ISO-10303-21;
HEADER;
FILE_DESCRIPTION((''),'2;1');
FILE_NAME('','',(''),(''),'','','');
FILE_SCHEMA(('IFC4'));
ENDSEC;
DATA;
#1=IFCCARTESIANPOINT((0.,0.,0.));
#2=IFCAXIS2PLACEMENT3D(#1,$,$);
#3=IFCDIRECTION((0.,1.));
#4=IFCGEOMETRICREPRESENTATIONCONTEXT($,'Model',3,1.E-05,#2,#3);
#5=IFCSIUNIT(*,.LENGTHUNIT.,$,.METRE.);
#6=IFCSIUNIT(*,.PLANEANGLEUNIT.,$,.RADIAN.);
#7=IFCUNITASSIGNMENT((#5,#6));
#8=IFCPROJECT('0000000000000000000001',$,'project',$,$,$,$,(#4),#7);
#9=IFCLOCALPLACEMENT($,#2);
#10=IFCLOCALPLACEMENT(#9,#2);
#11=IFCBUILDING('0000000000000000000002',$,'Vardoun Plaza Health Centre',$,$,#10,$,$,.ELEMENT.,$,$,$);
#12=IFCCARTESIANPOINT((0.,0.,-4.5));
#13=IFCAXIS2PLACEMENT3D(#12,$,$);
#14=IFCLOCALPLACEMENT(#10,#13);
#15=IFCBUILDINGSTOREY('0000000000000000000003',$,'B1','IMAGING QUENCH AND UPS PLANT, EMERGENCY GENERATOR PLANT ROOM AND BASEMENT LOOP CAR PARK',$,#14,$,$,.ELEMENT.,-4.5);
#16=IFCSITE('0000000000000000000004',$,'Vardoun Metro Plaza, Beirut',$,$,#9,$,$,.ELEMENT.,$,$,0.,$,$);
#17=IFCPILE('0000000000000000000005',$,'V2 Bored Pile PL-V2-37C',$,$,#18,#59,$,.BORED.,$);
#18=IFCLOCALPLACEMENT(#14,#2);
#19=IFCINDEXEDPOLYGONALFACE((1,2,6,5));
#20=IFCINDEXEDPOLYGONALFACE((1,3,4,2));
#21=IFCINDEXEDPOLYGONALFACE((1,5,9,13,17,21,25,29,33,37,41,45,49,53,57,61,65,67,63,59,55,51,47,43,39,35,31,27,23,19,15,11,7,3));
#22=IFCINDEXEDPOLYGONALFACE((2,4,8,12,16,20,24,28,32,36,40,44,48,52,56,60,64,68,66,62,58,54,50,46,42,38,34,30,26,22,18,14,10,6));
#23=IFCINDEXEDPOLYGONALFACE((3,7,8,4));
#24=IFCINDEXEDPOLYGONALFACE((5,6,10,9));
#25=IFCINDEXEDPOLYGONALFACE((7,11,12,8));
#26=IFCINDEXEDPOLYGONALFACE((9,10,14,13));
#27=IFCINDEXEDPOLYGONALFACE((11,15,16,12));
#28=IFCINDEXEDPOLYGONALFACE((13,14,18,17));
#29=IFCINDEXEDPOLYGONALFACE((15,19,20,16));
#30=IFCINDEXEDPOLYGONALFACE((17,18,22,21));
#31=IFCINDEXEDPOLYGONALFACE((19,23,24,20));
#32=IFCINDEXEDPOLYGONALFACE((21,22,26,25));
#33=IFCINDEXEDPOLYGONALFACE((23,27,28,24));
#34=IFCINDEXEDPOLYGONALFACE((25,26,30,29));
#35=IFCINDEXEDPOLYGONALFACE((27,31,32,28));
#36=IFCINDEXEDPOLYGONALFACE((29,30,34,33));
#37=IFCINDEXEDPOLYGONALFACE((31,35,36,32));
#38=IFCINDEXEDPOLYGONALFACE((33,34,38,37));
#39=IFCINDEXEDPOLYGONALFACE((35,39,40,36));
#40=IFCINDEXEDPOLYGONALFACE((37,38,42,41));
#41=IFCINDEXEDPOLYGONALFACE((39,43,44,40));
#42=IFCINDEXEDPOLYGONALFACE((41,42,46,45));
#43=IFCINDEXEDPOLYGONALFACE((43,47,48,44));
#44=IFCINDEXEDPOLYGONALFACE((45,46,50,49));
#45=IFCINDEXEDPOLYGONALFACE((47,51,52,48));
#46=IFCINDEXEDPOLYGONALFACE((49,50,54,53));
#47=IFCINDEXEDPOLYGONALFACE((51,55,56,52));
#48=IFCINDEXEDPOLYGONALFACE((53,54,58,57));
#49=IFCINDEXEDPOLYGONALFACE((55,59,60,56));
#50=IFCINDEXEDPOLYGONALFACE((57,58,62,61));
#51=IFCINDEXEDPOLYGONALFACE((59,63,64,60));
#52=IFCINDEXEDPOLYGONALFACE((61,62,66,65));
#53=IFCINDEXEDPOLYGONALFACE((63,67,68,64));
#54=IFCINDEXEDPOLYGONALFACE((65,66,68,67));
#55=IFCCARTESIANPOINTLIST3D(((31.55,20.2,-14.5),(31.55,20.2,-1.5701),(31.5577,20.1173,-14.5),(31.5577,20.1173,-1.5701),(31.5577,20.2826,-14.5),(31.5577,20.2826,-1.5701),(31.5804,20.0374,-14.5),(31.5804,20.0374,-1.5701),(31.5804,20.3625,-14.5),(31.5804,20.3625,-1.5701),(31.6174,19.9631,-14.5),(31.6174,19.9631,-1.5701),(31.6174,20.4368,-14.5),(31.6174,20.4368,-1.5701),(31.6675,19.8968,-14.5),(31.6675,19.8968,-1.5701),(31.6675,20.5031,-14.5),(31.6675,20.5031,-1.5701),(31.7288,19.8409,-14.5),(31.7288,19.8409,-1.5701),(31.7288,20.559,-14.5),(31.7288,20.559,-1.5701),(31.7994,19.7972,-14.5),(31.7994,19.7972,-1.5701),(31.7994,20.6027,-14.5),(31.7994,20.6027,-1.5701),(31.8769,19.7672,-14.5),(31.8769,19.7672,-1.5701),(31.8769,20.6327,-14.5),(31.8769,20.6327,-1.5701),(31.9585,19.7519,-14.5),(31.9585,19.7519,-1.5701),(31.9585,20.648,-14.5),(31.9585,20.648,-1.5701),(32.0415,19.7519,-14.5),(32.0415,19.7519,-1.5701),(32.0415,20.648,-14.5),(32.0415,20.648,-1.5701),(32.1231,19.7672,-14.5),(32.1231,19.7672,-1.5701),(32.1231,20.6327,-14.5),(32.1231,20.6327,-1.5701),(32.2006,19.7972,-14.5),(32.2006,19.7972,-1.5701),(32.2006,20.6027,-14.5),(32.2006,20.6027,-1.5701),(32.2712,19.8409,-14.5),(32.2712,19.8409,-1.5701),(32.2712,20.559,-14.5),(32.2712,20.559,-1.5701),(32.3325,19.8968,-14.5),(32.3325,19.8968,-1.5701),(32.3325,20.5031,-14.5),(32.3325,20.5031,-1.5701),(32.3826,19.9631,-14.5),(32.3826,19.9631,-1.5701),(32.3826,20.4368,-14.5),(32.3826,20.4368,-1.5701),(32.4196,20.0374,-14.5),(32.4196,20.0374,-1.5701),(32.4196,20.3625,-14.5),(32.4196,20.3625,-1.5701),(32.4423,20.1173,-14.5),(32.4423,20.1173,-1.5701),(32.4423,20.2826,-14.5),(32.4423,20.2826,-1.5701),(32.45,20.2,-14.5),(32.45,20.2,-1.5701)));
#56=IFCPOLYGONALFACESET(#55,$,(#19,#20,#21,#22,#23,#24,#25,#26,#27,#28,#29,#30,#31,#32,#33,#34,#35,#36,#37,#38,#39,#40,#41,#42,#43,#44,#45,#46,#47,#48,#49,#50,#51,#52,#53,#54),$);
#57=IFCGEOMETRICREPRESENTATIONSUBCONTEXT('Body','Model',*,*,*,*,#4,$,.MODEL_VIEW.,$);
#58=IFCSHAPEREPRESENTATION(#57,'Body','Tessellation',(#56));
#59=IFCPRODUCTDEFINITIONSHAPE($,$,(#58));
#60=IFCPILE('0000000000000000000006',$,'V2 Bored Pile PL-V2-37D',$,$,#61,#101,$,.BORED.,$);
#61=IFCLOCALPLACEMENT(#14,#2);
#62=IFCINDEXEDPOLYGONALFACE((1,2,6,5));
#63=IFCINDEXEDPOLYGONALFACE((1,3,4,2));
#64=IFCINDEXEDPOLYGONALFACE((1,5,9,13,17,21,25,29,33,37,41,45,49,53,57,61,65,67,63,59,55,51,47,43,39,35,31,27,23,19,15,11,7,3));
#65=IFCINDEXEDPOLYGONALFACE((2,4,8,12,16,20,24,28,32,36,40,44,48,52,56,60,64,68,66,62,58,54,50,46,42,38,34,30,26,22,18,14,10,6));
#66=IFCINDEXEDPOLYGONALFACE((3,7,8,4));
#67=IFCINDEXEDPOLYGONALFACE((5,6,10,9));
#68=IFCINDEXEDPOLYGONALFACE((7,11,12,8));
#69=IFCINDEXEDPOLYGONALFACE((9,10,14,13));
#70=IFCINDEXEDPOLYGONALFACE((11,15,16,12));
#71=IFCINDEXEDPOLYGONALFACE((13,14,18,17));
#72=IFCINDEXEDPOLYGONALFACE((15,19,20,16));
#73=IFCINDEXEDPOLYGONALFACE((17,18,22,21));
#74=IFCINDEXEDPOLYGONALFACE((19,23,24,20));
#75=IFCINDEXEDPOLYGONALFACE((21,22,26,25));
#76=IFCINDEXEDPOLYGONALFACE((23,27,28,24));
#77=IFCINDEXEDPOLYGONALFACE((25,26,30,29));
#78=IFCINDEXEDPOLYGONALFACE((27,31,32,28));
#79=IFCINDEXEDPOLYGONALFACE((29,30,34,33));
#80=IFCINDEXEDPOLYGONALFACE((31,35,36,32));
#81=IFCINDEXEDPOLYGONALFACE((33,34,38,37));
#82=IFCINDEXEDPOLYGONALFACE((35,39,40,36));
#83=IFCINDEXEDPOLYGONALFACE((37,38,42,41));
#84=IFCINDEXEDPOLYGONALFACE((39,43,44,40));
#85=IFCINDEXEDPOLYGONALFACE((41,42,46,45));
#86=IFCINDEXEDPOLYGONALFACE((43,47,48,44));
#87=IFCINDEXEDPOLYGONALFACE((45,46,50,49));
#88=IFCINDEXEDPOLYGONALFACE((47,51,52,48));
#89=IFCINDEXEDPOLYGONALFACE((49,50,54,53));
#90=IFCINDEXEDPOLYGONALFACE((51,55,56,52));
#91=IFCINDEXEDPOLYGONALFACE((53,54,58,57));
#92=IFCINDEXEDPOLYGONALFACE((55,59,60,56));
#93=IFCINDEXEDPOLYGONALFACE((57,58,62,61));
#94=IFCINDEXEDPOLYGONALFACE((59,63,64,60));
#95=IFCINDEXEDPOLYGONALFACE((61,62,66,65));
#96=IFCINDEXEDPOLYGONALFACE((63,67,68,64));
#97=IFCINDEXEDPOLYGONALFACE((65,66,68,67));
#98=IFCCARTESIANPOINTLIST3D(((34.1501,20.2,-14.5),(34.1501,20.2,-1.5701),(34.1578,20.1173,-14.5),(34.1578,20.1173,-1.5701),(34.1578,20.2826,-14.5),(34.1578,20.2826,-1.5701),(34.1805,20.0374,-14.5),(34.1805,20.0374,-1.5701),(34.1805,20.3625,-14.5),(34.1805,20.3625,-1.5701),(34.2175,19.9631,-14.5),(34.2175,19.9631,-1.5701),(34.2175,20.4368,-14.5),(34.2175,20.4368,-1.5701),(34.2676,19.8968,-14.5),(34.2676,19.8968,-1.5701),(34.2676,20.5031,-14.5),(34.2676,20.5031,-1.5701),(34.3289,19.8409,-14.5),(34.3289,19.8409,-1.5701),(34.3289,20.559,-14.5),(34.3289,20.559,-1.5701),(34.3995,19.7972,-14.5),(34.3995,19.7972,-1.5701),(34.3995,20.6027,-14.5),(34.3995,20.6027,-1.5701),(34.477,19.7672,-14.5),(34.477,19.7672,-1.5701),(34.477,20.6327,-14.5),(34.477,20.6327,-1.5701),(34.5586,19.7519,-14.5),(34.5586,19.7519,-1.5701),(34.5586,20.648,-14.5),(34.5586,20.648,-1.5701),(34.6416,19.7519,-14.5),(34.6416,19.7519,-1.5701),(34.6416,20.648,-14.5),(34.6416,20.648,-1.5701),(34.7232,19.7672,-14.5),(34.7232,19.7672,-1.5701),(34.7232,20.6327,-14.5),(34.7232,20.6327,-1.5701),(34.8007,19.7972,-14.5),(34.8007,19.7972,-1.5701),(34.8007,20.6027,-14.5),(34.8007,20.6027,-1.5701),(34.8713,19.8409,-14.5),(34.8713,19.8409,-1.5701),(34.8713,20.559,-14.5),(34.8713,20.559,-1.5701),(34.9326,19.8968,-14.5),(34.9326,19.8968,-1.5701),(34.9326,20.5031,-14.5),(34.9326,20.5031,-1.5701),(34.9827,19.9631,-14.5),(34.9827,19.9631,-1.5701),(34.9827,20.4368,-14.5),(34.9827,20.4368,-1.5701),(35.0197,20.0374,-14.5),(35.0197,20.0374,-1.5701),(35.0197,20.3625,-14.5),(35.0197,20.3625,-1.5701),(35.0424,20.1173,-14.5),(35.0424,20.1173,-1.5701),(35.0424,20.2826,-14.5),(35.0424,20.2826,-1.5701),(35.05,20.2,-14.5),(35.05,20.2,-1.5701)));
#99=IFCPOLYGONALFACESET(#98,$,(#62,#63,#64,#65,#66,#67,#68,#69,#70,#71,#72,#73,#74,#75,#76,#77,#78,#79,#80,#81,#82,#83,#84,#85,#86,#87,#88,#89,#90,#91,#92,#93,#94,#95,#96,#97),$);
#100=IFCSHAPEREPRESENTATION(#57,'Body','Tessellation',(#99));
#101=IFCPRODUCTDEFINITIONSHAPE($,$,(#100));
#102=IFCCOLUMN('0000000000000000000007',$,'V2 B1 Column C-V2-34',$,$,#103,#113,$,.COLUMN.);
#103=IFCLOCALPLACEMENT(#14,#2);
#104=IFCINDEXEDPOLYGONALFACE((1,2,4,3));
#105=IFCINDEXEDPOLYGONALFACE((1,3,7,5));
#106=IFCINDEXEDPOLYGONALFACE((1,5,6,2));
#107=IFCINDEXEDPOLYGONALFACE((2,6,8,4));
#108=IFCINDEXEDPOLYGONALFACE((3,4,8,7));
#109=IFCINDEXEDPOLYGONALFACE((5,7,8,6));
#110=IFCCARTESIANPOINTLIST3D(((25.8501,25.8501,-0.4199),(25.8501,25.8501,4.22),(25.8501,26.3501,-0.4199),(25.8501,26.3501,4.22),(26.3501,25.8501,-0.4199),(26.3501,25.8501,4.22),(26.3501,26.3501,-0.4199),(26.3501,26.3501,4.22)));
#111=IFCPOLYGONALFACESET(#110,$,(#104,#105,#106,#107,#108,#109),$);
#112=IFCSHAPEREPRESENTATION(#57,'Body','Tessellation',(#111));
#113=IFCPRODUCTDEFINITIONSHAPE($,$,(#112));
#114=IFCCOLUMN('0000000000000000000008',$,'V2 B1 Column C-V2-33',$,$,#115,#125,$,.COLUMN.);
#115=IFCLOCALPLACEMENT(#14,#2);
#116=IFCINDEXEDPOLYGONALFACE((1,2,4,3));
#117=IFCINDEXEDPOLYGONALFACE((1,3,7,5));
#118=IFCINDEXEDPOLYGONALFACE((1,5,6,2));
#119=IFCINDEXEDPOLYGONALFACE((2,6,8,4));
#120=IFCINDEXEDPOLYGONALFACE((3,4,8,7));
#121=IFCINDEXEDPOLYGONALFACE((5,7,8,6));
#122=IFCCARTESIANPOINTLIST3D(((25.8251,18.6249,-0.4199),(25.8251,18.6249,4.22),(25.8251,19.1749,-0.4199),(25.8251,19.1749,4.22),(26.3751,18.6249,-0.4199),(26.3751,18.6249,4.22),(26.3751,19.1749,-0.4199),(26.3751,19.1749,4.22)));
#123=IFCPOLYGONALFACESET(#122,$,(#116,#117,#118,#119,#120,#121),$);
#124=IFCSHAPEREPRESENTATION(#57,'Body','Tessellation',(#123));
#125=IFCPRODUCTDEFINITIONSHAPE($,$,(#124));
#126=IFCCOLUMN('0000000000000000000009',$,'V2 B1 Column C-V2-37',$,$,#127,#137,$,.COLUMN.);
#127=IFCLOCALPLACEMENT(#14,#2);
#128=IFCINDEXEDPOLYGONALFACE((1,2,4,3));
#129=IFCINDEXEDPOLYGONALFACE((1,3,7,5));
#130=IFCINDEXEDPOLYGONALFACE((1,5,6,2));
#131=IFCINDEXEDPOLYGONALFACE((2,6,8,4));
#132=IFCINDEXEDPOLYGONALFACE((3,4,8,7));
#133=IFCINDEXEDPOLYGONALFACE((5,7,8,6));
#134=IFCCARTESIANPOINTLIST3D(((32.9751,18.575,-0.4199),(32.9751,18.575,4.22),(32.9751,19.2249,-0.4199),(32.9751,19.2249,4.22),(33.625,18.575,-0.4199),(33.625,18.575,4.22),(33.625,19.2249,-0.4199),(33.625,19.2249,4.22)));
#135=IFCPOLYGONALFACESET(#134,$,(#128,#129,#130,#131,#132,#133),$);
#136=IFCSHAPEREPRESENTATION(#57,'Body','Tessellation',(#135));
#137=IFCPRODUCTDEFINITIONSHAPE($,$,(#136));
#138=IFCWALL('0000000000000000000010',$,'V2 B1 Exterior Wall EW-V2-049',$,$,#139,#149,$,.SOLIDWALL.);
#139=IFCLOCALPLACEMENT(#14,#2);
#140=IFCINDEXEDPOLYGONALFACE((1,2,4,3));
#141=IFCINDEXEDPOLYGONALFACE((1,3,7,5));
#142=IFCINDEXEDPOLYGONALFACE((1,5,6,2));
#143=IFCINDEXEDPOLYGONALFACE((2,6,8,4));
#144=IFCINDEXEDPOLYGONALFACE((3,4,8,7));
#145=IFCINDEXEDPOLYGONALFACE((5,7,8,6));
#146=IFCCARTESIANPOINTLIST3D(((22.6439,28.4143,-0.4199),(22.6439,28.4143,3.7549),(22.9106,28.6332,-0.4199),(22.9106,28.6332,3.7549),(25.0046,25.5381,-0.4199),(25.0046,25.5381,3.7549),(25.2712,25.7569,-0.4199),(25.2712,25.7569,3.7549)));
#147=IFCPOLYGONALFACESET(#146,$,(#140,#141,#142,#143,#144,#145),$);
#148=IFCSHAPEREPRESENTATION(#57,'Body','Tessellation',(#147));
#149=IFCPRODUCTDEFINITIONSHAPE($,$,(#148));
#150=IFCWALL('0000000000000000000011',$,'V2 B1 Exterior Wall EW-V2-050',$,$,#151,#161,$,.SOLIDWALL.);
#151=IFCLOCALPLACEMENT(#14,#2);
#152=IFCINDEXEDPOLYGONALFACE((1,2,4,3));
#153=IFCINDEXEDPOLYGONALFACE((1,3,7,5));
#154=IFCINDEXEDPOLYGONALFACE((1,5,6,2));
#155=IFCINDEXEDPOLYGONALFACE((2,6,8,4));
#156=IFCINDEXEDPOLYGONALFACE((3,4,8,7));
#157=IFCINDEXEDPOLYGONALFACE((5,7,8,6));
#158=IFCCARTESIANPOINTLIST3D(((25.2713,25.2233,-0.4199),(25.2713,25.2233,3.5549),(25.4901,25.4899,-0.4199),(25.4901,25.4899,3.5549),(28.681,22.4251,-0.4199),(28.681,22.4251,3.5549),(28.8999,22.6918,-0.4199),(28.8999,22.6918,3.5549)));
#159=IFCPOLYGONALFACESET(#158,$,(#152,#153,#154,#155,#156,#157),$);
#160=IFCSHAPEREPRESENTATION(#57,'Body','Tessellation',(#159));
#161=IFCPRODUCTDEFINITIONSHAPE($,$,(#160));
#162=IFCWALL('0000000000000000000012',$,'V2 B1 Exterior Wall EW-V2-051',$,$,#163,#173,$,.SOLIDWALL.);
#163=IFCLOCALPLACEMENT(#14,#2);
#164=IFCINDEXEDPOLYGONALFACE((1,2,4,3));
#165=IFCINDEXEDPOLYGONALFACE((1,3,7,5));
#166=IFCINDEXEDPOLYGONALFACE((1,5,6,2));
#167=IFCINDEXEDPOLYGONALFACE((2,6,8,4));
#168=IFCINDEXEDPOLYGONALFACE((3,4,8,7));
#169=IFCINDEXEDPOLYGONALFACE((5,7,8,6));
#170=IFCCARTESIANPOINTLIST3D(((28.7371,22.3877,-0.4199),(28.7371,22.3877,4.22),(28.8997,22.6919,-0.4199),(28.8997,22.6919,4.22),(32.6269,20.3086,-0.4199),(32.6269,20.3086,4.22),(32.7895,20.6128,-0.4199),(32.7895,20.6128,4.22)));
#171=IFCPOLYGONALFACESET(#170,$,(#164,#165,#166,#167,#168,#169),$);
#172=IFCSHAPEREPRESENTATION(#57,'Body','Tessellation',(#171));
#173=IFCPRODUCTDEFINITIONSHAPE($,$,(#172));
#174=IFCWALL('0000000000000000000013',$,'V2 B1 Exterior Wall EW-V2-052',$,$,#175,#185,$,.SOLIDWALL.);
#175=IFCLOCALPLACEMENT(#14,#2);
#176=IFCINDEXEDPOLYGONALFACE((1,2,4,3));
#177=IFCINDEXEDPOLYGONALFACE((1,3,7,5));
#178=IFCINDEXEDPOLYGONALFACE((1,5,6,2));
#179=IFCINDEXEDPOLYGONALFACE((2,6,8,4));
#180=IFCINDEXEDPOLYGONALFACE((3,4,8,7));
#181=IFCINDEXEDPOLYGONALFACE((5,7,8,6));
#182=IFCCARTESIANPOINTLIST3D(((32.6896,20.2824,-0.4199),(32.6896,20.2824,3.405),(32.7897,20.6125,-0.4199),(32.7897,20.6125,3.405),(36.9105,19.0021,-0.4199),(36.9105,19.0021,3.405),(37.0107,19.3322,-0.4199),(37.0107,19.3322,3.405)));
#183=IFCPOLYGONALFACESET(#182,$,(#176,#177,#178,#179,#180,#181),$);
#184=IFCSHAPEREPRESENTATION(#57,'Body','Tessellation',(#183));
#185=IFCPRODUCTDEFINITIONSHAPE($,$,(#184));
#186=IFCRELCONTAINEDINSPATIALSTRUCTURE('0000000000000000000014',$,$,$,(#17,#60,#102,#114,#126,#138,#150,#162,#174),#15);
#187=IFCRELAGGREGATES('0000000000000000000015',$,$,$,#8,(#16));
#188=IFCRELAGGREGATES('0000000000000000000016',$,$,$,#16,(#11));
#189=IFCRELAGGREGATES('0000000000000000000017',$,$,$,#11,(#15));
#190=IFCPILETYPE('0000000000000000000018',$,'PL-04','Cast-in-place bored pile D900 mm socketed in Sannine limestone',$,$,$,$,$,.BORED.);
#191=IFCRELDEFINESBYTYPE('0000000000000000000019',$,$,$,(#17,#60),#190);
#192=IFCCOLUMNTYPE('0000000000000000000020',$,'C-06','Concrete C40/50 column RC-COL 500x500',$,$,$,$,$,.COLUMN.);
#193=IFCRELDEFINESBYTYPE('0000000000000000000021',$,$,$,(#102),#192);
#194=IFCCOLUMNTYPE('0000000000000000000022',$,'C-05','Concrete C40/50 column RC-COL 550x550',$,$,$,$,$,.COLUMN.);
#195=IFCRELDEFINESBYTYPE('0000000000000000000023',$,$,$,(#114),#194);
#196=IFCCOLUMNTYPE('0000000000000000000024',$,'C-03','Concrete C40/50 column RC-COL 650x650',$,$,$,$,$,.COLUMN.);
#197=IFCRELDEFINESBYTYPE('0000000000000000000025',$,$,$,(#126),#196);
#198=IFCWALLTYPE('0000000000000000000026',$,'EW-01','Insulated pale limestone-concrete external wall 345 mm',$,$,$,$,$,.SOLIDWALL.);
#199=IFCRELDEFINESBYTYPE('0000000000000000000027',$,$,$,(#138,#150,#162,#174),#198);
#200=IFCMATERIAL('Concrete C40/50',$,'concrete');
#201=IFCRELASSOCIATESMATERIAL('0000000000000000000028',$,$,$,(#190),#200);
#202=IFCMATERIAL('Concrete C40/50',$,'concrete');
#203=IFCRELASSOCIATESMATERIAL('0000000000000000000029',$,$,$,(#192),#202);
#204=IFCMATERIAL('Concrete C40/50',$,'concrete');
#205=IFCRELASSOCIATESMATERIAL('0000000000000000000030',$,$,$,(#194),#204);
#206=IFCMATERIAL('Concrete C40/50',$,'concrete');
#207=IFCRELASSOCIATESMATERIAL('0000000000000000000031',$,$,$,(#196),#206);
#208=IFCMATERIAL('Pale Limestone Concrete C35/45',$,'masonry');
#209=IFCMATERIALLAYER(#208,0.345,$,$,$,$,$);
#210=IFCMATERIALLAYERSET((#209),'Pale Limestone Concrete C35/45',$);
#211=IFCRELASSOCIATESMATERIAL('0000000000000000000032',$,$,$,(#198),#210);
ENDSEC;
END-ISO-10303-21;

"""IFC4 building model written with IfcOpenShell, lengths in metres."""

from ifc_helpers import new_model, si_unit, direction, frame, frame_2d, origin, origin_2d, place, context, subcontext, project, spatial, rectangle, circle, extrude, material, layer, layer_set, material_profile, profile_set, type_object, element, save


model = new_model("IFC4")

# Units and contexts
model_context = context("Model", 3, precision=1e-05, world=origin(), true_north=direction((0.0, 1.0)))
body_context = subcontext(model_context, "Body", "Model", "MODEL_VIEW")
ifc_project = project(units=[si_unit("LENGTHUNIT", "METRE"), si_unit("PLANEANGLEUNIT", "RADIAN")], contexts=[model_context])

# Site, building, storey
site_placement = place(None, origin())
site = spatial("IfcSite", under=ifc_project, at=site_placement, Name="Vardoun Metro Plaza, Beirut", CompositionType="ELEMENT", RefElevation=0.0)
building_placement = place(site_placement, origin())
building = spatial("IfcBuilding", under=site, at=building_placement, Name="Vardoun Plaza Health Centre", CompositionType="ELEMENT")
storey_placement = place(building_placement, frame((0.0, 0.0, -4.5)))
storey = spatial("IfcBuildingStorey", under=building, at=storey_placement, Name="B1", Description="IMAGING QUENCH AND UPS PLANT, EMERGENCY GENERATOR PLANT ROOM AND BASEMENT LOOP CAR PARK", CompositionType="ELEMENT", Elevation=-4.5)

# Piles
ifc_material_1 = material(Name="Concrete C40/50", Category="concrete")
ifc_material_profile_1 = material_profile(ifc_material_1, circle(Radius=0.45, at=origin_2d()), Name="PILE D900")
ifc_profile_set_1 = profile_set([ifc_material_profile_1], Name="Concrete C40/50")
pile_type_1 = type_object("IfcPileType", Name="PL-04", Description="Cast-in-place bored pile D900 mm socketed in Sannine limestone", PredefinedType="BORED", material=ifc_profile_set_1)
for number, where, z_axis, x_axis, name in (
    (1, (32.0, 20.2, -1.5701), (0.0, 0.0, -1.0), (1.0, 0.0, 0.0), "V2 Bored Pile PL-V2-37C"),
    (2, (34.6001, 20.2, -1.5701), (0.0, 0.0, -1.0), (1.0, 0.0, 0.0), "V2 Bored Pile PL-V2-37D"),
):
    element("IfcPile", number, at=place(storey_placement, frame(where, z_axis=z_axis, x_axis=x_axis)), inside=storey, type_object=pile_type_1, Name=name, PredefinedType="BORED", context=body_context, shape_type="SweptSolid", body=[
        extrude(circle(Radius=0.45, at=origin_2d()), origin(), (0.0, 0.0, 1.0), 12.9299),
    ])

# Columns
ifc_material_2 = material(Name="Concrete C40/50", Category="concrete")
ifc_material_profile_2 = material_profile(ifc_material_2, rectangle(XDim=0.5, YDim=0.5, at=origin_2d()), Name="RC-COL 500x500")
ifc_profile_set_2 = profile_set([ifc_material_profile_2], Name="Concrete C40/50")
column_type_1 = type_object("IfcColumnType", Name="C-06", Description="Concrete C40/50 column RC-COL 500x500", PredefinedType="COLUMN", material=ifc_profile_set_2)
column_1_placement = place(storey_placement, frame((26.1001, 26.1001, -0.4199), z_axis=(0.0, 0.0, 1.0), x_axis=(1.0, 0.0, 0.0)))
element("IfcColumn", 3, at=column_1_placement, inside=storey, type_object=column_type_1, Name="V2 B1 Column C-V2-34", PredefinedType="COLUMN", context=body_context, shape_type="SweptSolid", body=[
    extrude(rectangle(XDim=0.5, YDim=0.5, at=origin_2d()), origin(), (0.0, 0.0, 1.0), 4.6399),
])
ifc_material_3 = material(Name="Concrete C40/50", Category="concrete")
ifc_material_profile_3 = material_profile(ifc_material_3, rectangle(XDim=0.55, YDim=0.55, at=origin_2d()), Name="RC-COL 550x550")
ifc_profile_set_3 = profile_set([ifc_material_profile_3], Name="Concrete C40/50")
column_type_2 = type_object("IfcColumnType", Name="C-05", Description="Concrete C40/50 column RC-COL 550x550", PredefinedType="COLUMN", material=ifc_profile_set_3)
column_2_placement = place(storey_placement, frame((26.1001, 18.8999, -0.4199), z_axis=(0.0, 0.0, 1.0), x_axis=(1.0, 0.0, 0.0)))
element("IfcColumn", 4, at=column_2_placement, inside=storey, type_object=column_type_2, Name="V2 B1 Column C-V2-33", PredefinedType="COLUMN", context=body_context, shape_type="SweptSolid", body=[
    extrude(rectangle(XDim=0.55, YDim=0.55, at=origin_2d()), origin(), (0.0, 0.0, 1.0), 4.6399),
])
ifc_material_4 = material(Name="Concrete C40/50", Category="concrete")
ifc_material_profile_4 = material_profile(ifc_material_4, rectangle(XDim=0.6499, YDim=0.6499, at=origin_2d()), Name="RC-COL 650x650")
ifc_profile_set_4 = profile_set([ifc_material_profile_4], Name="Concrete C40/50")
column_type_3 = type_object("IfcColumnType", Name="C-03", Description="Concrete C40/50 column RC-COL 650x650", PredefinedType="COLUMN", material=ifc_profile_set_4)
column_3_placement = place(storey_placement, frame((33.3, 18.8999, -0.4199), z_axis=(0.0, 0.0, 1.0), x_axis=(1.0, 0.0, 0.0)))
element("IfcColumn", 5, at=column_3_placement, inside=storey, type_object=column_type_3, Name="V2 B1 Column C-V2-37", PredefinedType="COLUMN", context=body_context, shape_type="SweptSolid", body=[
    extrude(rectangle(XDim=0.6499, YDim=0.6499, at=origin_2d()), origin(), (0.0, 0.0, 1.0), 4.6399),
])

# Walls
ifc_material_5 = material(Name="Pale Limestone Concrete C35/45", Category="masonry")
ifc_layer_1 = layer(ifc_material_5, 0.345)
ifc_layer_set_1 = layer_set([ifc_layer_1], Name="Pale Limestone Concrete C35/45")
wall_type_1 = type_object("IfcWallType", Name="EW-01", Description="Insulated pale limestone-concrete external wall 345 mm", PredefinedType="SOLIDWALL", material=ifc_layer_set_1)
wall_1_placement = place(storey_placement, frame((22.7773, 28.5237, -0.4199), z_axis=(0.0, 0.0, 1.0), x_axis=(0.634416, -0.772992, 0.0)))
element("IfcWall", 6, at=wall_1_placement, inside=storey, type_object=wall_type_1, Name="V2 B1 Exterior Wall EW-V2-049", PredefinedType="SOLIDWALL", context=body_context, shape_type="SweptSolid", body=[
    extrude(rectangle(XDim=3.7209, YDim=0.345, at=frame_2d((1.8604, 0.0))), origin(), (0.0, 0.0, 1.0), 4.1748),
])
wall_2_placement = place(storey_placement, frame((25.3806, 25.3567, -0.4199), z_axis=(0.0, 0.0, 1.0), x_axis=(0.773027, -0.634373, 0.0)))
element("IfcWall", 7, at=wall_2_placement, inside=storey, type_object=wall_type_1, Name="V2 B1 Exterior Wall EW-V2-050", PredefinedType="SOLIDWALL", context=body_context, shape_type="SweptSolid", body=[
    extrude(rectangle(XDim=4.4109, YDim=0.345, at=frame_2d((2.2056, 0.0))), origin(), (0.0, 0.0, 1.0), 3.9749),
])
wall_3_placement = place(storey_placement, frame((28.8184, 22.5398, -0.4199), z_axis=(0.0, 0.0, 1.0), x_axis=(0.88193, -0.471381, 0.0)))
element("IfcWall", 8, at=wall_3_placement, inside=storey, type_object=wall_type_1, Name="V2 B1 Exterior Wall EW-V2-051", PredefinedType="SOLIDWALL", context=body_context, shape_type="SweptSolid", body=[
    extrude(rectangle(XDim=4.4106, YDim=0.345, at=frame_2d((2.2053, 0.0))), origin(), (0.0, 0.0, 1.0), 4.6399),
])
wall_4_placement = place(storey_placement, frame((32.7395, 20.4475, -0.4199), z_axis=(0.0, 0.0, 1.0), x_axis=(0.956949, -0.290256, 0.0)))
element("IfcWall", 9, at=wall_4_placement, inside=storey, type_object=wall_type_1, Name="V2 B1 Exterior Wall EW-V2-052", PredefinedType="SOLIDWALL", context=body_context, shape_type="SweptSolid", body=[
    extrude(rectangle(XDim=4.4109, YDim=0.345, at=frame_2d((2.2056, 0.0))), origin(), (0.0, 0.0, 1.0), 3.825),
])

save(model, "model.ifc")
